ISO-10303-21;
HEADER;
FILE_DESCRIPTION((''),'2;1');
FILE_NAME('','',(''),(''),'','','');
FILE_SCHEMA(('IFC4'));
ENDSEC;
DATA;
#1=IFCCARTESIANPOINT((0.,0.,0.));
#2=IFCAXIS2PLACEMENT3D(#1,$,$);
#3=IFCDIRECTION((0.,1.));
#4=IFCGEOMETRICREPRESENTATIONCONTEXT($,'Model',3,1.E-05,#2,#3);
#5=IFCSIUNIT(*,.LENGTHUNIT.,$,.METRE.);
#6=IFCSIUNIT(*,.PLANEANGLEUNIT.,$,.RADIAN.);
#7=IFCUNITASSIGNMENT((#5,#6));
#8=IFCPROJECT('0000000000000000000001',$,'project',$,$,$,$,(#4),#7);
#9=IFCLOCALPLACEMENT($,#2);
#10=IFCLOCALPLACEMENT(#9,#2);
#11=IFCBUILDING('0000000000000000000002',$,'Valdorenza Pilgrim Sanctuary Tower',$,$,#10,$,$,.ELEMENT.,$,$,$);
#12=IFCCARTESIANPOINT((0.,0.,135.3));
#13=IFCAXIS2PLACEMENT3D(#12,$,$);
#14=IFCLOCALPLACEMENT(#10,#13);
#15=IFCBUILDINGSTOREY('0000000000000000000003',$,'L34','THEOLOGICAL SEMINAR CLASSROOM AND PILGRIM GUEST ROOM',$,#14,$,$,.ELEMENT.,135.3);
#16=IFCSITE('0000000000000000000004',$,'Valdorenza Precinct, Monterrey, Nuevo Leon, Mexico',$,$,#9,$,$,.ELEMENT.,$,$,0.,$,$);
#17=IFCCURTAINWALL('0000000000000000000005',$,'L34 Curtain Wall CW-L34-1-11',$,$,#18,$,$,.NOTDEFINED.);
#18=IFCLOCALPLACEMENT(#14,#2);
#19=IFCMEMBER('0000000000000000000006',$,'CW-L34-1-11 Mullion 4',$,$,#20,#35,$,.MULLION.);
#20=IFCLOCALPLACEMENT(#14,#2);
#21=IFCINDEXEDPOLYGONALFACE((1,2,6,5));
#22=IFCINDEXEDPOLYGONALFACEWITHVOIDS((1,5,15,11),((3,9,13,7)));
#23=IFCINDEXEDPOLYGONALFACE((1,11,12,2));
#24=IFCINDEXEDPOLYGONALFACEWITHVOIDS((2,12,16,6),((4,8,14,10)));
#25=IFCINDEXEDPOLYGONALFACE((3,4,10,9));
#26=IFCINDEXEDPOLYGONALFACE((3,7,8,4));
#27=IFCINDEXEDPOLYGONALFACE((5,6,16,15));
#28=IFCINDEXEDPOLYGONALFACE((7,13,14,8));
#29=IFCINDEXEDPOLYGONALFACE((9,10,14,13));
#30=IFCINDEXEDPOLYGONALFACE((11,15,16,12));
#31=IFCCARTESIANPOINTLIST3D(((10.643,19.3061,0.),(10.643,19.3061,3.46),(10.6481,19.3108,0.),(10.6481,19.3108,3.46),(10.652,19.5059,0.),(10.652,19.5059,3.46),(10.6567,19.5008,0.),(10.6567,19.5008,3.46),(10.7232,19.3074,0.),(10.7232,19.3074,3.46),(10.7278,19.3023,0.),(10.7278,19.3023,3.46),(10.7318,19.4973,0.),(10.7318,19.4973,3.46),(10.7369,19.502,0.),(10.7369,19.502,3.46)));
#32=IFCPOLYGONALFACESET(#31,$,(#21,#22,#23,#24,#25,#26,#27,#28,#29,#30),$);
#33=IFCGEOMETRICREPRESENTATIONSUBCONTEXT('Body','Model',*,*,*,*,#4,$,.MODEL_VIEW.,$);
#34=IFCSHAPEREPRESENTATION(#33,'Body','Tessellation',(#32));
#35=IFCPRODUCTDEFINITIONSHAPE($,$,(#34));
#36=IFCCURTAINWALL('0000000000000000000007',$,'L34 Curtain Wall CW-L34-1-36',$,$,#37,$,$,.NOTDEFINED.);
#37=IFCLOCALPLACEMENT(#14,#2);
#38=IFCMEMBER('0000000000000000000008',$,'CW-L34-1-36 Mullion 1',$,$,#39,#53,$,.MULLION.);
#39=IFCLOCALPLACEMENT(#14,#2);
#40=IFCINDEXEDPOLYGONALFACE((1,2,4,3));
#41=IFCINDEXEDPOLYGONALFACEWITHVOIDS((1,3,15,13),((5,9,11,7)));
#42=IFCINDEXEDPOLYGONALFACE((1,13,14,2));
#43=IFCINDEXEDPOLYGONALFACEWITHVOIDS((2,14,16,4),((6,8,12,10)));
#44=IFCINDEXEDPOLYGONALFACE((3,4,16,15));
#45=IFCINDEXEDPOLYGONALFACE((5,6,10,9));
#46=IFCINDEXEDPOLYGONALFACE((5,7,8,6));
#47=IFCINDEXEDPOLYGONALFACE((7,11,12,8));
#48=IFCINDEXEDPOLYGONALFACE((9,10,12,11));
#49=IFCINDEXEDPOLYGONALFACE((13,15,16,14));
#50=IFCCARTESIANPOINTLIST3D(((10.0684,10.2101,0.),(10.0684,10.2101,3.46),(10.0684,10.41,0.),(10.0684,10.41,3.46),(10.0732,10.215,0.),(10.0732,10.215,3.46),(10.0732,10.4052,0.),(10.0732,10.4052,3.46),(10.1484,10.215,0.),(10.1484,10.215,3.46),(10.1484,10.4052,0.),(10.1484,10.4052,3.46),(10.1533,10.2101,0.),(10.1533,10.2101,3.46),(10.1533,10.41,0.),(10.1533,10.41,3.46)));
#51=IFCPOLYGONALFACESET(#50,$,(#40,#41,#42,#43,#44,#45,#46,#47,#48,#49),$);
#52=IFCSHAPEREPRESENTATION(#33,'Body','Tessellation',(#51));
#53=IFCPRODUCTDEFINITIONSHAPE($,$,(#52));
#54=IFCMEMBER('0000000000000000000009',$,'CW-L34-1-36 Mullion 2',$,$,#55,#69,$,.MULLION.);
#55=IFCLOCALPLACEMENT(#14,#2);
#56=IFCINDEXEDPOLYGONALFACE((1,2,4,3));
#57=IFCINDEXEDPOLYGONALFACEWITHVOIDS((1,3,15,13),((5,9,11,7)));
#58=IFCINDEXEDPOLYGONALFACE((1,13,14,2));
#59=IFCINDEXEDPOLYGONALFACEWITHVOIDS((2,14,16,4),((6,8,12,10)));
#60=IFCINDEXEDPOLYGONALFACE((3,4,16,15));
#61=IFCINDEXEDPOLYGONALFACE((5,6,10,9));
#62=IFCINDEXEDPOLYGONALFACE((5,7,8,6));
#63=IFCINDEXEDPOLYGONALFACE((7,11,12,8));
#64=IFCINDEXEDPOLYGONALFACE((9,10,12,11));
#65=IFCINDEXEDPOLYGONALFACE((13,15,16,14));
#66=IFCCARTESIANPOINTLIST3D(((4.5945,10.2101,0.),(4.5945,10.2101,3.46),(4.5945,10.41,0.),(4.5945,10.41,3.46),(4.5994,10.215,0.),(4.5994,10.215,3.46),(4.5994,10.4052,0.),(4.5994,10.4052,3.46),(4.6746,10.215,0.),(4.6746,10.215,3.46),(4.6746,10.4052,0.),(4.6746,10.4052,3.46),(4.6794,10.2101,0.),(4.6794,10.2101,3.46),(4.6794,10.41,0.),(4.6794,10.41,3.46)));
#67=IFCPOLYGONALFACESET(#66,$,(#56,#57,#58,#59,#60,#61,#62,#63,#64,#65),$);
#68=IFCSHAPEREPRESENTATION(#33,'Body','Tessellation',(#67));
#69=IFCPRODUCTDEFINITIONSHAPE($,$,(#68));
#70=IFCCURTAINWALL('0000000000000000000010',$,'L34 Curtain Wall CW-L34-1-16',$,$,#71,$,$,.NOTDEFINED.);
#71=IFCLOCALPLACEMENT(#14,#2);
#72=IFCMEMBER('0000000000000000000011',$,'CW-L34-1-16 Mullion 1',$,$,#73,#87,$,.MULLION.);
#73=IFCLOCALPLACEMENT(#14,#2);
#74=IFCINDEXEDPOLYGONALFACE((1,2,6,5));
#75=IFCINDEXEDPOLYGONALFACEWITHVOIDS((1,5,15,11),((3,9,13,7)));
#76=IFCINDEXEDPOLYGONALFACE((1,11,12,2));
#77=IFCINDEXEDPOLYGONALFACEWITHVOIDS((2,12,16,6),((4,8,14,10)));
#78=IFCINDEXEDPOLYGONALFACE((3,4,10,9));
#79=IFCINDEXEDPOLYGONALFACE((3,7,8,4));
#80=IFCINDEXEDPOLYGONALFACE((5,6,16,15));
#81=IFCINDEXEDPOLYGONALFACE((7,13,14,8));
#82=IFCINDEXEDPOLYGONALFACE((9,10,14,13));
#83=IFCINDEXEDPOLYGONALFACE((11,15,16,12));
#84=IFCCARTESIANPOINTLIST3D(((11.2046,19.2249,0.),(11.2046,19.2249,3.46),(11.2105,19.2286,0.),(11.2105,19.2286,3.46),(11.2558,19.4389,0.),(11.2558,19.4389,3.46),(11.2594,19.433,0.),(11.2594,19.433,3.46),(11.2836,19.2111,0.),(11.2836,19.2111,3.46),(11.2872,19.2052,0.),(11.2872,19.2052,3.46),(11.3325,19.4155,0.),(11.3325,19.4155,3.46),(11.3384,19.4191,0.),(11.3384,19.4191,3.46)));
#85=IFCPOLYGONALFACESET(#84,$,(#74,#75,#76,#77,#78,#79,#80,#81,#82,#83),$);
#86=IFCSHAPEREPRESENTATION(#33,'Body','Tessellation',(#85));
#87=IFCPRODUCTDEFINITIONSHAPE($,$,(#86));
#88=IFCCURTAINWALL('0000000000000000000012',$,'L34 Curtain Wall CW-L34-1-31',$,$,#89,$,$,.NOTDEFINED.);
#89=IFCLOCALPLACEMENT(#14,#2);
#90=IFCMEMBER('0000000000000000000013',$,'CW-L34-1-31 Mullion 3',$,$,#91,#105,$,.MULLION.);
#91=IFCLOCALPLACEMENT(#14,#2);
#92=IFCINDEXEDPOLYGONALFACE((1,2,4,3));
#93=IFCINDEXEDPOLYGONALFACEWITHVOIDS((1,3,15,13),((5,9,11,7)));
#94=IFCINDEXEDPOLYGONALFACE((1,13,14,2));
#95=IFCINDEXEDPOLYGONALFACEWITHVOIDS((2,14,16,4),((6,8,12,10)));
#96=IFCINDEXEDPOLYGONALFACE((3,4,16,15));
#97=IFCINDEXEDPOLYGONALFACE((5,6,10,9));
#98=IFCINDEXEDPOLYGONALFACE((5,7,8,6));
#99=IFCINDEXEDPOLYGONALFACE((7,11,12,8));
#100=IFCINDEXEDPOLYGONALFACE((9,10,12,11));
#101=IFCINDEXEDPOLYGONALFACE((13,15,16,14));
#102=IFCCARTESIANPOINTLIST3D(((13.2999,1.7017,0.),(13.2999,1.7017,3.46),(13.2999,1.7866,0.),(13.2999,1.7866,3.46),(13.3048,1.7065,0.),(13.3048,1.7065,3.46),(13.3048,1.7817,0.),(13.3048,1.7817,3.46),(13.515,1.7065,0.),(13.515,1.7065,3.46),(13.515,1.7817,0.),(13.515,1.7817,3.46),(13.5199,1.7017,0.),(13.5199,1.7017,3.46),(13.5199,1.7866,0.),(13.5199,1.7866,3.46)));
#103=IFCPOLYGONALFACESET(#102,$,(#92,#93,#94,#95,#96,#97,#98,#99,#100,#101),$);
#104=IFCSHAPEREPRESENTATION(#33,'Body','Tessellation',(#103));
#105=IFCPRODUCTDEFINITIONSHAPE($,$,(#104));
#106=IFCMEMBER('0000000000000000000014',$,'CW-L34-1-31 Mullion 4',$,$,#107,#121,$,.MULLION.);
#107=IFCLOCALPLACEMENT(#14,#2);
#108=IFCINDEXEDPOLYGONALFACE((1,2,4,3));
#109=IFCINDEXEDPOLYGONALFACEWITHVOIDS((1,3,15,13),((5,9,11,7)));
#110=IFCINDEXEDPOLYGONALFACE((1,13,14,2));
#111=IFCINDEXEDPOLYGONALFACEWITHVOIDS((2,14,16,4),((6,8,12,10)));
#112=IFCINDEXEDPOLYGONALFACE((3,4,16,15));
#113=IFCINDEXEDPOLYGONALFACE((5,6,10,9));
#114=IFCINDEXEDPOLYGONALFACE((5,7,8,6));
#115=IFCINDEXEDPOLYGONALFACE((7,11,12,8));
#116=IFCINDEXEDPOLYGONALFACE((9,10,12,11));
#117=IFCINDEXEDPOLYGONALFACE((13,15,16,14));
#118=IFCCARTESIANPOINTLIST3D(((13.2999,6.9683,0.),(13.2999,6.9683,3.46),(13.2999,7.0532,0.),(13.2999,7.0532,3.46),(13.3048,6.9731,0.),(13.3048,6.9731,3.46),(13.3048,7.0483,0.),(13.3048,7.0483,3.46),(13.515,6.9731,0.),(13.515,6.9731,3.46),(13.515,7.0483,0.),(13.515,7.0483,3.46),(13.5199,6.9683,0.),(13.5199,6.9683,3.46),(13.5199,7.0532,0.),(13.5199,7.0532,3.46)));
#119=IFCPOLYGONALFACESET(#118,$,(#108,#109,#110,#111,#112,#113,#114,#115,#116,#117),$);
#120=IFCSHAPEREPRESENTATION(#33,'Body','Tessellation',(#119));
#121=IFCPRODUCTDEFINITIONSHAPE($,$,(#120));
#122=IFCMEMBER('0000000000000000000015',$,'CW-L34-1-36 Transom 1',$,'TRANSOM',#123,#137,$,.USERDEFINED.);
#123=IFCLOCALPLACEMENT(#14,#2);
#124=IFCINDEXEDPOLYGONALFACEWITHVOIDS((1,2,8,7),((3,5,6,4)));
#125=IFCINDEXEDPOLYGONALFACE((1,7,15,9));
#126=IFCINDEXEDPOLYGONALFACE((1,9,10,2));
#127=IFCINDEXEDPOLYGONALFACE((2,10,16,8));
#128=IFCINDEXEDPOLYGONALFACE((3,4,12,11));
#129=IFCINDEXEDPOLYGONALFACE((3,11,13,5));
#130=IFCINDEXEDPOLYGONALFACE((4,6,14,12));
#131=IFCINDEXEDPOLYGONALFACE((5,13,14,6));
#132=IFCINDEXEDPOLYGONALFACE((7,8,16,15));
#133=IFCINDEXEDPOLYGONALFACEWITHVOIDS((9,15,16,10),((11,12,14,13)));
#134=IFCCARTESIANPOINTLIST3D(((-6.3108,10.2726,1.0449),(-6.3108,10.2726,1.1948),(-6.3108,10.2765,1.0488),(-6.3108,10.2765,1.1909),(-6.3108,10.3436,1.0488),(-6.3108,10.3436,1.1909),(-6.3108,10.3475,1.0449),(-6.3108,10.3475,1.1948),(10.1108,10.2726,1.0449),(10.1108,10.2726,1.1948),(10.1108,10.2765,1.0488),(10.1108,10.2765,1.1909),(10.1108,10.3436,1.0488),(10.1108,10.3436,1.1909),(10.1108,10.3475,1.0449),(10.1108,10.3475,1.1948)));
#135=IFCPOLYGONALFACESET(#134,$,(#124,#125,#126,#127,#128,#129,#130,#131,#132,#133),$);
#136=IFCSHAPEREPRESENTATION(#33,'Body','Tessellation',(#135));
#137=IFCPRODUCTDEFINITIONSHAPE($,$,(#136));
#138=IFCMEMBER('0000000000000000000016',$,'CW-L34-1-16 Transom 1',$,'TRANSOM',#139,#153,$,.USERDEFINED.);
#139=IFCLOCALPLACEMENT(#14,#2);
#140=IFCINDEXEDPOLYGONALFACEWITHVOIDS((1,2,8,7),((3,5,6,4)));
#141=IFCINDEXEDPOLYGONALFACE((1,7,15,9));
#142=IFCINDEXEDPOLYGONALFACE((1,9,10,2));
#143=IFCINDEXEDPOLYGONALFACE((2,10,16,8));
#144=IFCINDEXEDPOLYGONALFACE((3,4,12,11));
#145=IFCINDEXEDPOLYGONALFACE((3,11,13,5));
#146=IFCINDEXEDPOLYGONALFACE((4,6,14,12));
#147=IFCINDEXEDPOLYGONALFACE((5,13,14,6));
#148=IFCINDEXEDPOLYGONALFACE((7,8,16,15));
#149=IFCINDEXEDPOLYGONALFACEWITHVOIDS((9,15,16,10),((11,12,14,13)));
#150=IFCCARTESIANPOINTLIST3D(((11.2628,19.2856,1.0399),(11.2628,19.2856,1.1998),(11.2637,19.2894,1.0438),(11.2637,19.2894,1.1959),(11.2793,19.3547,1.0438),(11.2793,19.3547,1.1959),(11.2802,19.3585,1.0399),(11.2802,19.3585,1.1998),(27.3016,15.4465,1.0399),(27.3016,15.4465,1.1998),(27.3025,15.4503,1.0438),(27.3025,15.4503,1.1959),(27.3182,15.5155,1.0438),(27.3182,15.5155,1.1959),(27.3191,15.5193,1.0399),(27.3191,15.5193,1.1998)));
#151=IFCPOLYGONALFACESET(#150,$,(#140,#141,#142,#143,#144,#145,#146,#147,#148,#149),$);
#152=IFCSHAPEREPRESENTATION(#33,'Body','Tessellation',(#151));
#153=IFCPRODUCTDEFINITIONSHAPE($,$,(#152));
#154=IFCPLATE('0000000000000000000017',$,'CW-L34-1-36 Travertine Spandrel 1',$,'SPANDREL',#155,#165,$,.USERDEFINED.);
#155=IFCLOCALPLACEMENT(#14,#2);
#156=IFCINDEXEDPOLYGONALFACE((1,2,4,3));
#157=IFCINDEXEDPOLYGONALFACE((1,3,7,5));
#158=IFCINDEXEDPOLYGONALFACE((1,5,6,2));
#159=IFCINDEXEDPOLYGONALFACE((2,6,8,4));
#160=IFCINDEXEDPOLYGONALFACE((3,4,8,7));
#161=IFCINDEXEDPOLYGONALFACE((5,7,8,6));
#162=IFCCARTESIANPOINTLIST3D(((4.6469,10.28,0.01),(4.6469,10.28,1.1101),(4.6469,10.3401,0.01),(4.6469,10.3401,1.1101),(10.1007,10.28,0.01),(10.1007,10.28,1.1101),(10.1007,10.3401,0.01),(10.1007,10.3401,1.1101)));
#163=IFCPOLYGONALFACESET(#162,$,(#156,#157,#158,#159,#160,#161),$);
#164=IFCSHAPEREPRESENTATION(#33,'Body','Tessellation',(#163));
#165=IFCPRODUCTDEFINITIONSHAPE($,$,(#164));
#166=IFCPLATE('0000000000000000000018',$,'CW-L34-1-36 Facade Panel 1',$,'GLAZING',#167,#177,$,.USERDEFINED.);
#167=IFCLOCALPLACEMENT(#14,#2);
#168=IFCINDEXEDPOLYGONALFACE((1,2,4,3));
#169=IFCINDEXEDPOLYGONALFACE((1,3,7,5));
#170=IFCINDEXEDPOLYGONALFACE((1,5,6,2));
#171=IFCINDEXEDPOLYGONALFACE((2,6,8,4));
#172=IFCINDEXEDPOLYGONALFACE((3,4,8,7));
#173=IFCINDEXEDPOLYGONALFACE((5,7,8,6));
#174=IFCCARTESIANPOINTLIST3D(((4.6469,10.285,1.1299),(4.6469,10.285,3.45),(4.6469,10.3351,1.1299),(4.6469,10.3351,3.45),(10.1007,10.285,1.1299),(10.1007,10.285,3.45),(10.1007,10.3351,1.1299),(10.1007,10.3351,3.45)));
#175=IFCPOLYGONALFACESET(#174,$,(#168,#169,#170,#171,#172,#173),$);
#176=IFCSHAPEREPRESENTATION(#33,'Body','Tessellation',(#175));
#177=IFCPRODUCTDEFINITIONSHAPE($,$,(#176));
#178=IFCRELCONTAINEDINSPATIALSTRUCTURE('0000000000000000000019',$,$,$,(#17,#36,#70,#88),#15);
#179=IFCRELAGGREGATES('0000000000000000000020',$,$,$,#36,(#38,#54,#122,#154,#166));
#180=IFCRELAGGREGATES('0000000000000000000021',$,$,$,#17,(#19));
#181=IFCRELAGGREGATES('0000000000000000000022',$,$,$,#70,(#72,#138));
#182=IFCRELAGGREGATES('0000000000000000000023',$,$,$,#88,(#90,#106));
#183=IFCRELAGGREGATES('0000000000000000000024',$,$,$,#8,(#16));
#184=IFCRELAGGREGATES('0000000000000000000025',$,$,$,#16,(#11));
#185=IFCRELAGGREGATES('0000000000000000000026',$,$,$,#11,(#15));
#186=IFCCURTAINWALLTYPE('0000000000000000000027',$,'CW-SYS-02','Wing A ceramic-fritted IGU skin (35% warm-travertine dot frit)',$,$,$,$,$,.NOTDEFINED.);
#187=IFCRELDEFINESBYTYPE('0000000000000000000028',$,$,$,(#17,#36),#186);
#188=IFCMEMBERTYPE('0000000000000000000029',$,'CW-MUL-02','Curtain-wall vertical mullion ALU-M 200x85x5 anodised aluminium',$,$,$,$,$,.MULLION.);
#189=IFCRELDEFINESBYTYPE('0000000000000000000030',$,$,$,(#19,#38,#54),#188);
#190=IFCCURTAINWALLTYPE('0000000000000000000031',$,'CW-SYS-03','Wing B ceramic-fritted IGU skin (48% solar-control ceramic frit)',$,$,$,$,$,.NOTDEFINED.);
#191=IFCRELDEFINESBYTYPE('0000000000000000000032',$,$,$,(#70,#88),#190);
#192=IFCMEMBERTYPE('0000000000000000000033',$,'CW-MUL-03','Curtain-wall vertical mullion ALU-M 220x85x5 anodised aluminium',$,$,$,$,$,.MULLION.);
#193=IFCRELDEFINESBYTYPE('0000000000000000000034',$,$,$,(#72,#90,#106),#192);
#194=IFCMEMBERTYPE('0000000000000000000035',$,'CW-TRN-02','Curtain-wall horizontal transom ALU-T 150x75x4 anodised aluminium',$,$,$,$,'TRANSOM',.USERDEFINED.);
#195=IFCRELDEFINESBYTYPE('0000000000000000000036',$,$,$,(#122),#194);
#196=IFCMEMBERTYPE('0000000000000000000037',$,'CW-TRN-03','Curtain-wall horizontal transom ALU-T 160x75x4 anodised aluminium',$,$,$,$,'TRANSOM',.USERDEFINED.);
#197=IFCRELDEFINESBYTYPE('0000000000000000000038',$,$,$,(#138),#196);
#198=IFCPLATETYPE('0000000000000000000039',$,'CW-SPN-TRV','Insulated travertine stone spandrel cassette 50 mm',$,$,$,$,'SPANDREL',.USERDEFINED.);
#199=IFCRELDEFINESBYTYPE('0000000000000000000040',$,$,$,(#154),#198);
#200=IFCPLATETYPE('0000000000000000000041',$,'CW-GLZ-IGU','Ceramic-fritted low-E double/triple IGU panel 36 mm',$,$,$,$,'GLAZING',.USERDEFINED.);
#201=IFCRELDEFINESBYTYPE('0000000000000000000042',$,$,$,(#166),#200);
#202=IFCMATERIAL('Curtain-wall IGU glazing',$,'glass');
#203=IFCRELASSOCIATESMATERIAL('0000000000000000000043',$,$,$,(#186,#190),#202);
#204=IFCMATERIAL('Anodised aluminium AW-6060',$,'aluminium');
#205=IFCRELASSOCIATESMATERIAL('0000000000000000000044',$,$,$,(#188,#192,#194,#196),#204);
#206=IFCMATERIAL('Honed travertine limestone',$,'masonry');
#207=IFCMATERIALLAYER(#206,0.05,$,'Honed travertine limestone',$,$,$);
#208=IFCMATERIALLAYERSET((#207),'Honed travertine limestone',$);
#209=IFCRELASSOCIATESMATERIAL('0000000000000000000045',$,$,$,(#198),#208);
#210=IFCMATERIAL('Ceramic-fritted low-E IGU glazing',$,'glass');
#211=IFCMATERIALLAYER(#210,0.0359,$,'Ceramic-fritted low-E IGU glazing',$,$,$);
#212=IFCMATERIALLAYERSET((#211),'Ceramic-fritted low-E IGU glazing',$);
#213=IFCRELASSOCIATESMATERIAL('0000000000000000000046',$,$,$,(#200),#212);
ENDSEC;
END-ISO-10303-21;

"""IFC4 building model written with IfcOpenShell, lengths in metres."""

from ifc_helpers import new_model, si_unit, direction, frame, origin, origin_2d, place, context, subcontext, project, spatial, rectangle, hollow_rectangle, extrude, source, transform, mapped, material, layer, layer_set, material_profile, profile_set, type_object, element, aggregate, save


model = new_model("IFC4")

# Units and contexts
model_context = context("Model", 3, precision=1e-05, world=origin(), true_north=direction((0.0, 1.0)))
body_context = subcontext(model_context, "Body", "Model", "MODEL_VIEW")
ifc_project = project(units=[si_unit("LENGTHUNIT", "METRE"), si_unit("PLANEANGLEUNIT", "RADIAN")], contexts=[model_context])

# Site, building, storey
site_placement = place(None, origin())
site = spatial("IfcSite", under=ifc_project, at=site_placement, Name="Valdorenza Precinct, Monterrey, Nuevo Leon, Mexico", CompositionType="ELEMENT", RefElevation=0.0)
building_placement = place(site_placement, origin())
building = spatial("IfcBuilding", under=site, at=building_placement, Name="Valdorenza Pilgrim Sanctuary Tower", CompositionType="ELEMENT")
storey_placement = place(building_placement, frame((0.0, 0.0, 135.3)))
storey = spatial("IfcBuildingStorey", under=building, at=storey_placement, Name="L34", Description="THEOLOGICAL SEMINAR CLASSROOM AND PILGRIM GUEST ROOM", CompositionType="ELEMENT", Elevation=135.3)

# Curtain wall, member
ifc_material_1 = material(Name="Curtain-wall IGU glazing", Category="glass")
curtain_wall_type_1 = type_object("IfcCurtainWallType", Name="CW-SYS-02", Description="Wing A ceramic-fritted IGU skin (35% warm-travertine dot frit)", PredefinedType="NOTDEFINED", material=ifc_material_1)
curtain_wall_1_placement = place(storey_placement, origin())
curtain_wall_1 = element("IfcCurtainWall", 1, at=curtain_wall_1_placement, inside=storey, type_object=curtain_wall_type_1, Name="L34 Curtain Wall CW-L34-1-11", PredefinedType="NOTDEFINED")
ifc_material_2 = material(Name="Anodised aluminium AW-6060", Category="aluminium")
ifc_material_profile_1 = material_profile(ifc_material_2, hollow_rectangle(XDim=0.085, YDim=0.2, WallThickness=0.0049, at=origin_2d()), Name="ALU-M 200x85x5")
ifc_profile_set_1 = profile_set([ifc_material_profile_1], Name="Anodised aluminium AW-6060")
member_type_1 = type_object("IfcMemberType", Name="CW-MUL-02", Description="Curtain-wall vertical mullion ALU-M 200x85x5 anodised aluminium", PredefinedType="MULLION", material=ifc_profile_set_1)
shared_shape_1 = source(origin(), body_context, "Body", "SweptSolid", [
    extrude(hollow_rectangle(XDim=0.085, YDim=0.2, WallThickness=0.0049, at=origin_2d()), origin(), (0.0, 0.0, 1.0), 3.46),
])
member_1_placement = place(storey_placement, frame((10.6899, 19.4041, 0.0), z_axis=(0.0, 0.0, 1.0), x_axis=(0.998968, -0.045415, 0.0)))
member_1 = element("IfcMember", 2, at=member_1_placement, type_object=member_type_1, Name="CW-L34-1-11 Mullion 4", PredefinedType="MULLION", context=body_context, shape_type="MappedRepresentation", body=[
    mapped(shared_shape_1, transform((0.0, 0.0, 0.0), x_axis=(1.0, 0.0, 0.0), y_axis=(0.0, 1.0, 0.0), z_axis=(0.0, 0.0, 1.0), scale=1.0)),
])

# Curtain wall, members
curtain_wall_2_placement = place(storey_placement, origin())
curtain_wall_2 = element("IfcCurtainWall", 3, at=curtain_wall_2_placement, inside=storey, type_object=curtain_wall_type_1, Name="L34 Curtain Wall CW-L34-1-36", PredefinedType="NOTDEFINED")
member_2_placement = place(storey_placement, frame((10.1108, 10.3101, 0.0), z_axis=(0.0, 0.0, 1.0), x_axis=(-1.0, 0.0, 0.0)))
member_2 = element("IfcMember", 4, at=member_2_placement, type_object=member_type_1, Name="CW-L34-1-36 Mullion 1", PredefinedType="MULLION", context=body_context, shape_type="MappedRepresentation", body=[
    mapped(shared_shape_1, transform((0.0, 0.0, 0.0), x_axis=(1.0, 0.0, 0.0), y_axis=(0.0, 1.0, 0.0), z_axis=(0.0, 0.0, 1.0), scale=1.0)),
])
member_3_placement = place(storey_placement, frame((4.637, 10.3101, 0.0), z_axis=(0.0, 0.0, 1.0), x_axis=(-1.0, 0.0, 0.0)))
member_3 = element("IfcMember", 5, at=member_3_placement, type_object=member_type_1, Name="CW-L34-1-36 Mullion 2", PredefinedType="MULLION", context=body_context, shape_type="MappedRepresentation", body=[
    mapped(shared_shape_1, transform((0.0, 0.0, 0.0), x_axis=(1.0, 0.0, 0.0), y_axis=(0.0, 1.0, 0.0), z_axis=(0.0, 0.0, 1.0), scale=1.0)),
])

# Curtain wall, member
curtain_wall_type_2 = type_object("IfcCurtainWallType", Name="CW-SYS-03", Description="Wing B ceramic-fritted IGU skin (48% solar-control ceramic frit)", PredefinedType="NOTDEFINED", material=ifc_material_1)
curtain_wall_3_placement = place(storey_placement, origin())
curtain_wall_3 = element("IfcCurtainWall", 6, at=curtain_wall_3_placement, inside=storey, type_object=curtain_wall_type_2, Name="L34 Curtain Wall CW-L34-1-16", PredefinedType="NOTDEFINED")
ifc_material_profile_2 = material_profile(ifc_material_2, hollow_rectangle(XDim=0.085, YDim=0.22, WallThickness=0.0049, at=origin_2d()), Name="ALU-M 220x85x5")
ifc_profile_set_2 = profile_set([ifc_material_profile_2], Name="Anodised aluminium AW-6060")
member_type_2 = type_object("IfcMemberType", Name="CW-MUL-03", Description="Curtain-wall vertical mullion ALU-M 220x85x5 anodised aluminium", PredefinedType="MULLION", material=ifc_profile_set_2)
shared_shape_2 = source(origin(), body_context, "Body", "SweptSolid", [
    extrude(hollow_rectangle(XDim=0.085, YDim=0.22, WallThickness=0.0049, at=origin_2d()), origin(), (0.0, 0.0, 1.0), 3.46),
])
member_4_placement = place(storey_placement, frame((11.2715, 19.322, 0.0), z_axis=(0.0, 0.0, 1.0), x_axis=(0.972529, -0.232783, 0.0)))
member_4 = element("IfcMember", 7, at=member_4_placement, type_object=member_type_2, Name="CW-L34-1-16 Mullion 1", PredefinedType="MULLION", context=body_context, shape_type="MappedRepresentation", body=[
    mapped(shared_shape_2, transform((0.0, 0.0, 0.0), x_axis=(1.0, 0.0, 0.0), y_axis=(0.0, 1.0, 0.0), z_axis=(0.0, 0.0, 1.0), scale=1.0)),
])

# Curtain wall, members
curtain_wall_4_placement = place(storey_placement, origin())
curtain_wall_4 = element("IfcCurtainWall", 8, at=curtain_wall_4_placement, inside=storey, type_object=curtain_wall_type_2, Name="L34 Curtain Wall CW-L34-1-31", PredefinedType="NOTDEFINED")
member_5_placement = place(storey_placement, frame((13.4099, 1.7441, 0.0), z_axis=(0.0, 0.0, 1.0), x_axis=(0.0, 1.0, 0.0)))
member_5 = element("IfcMember", 9, at=member_5_placement, type_object=member_type_2, Name="CW-L34-1-31 Mullion 3", PredefinedType="MULLION", context=body_context, shape_type="MappedRepresentation", body=[
    mapped(shared_shape_2, transform((0.0, 0.0, 0.0), x_axis=(1.0, 0.0, 0.0), y_axis=(0.0, 1.0, 0.0), z_axis=(0.0, 0.0, 1.0), scale=1.0)),
])
member_6_placement = place(storey_placement, frame((13.4099, 7.0107, 0.0), z_axis=(0.0, 0.0, 1.0), x_axis=(0.0, 1.0, 0.0)))
member_6 = element("IfcMember", 10, at=member_6_placement, type_object=member_type_2, Name="CW-L34-1-31 Mullion 4", PredefinedType="MULLION", context=body_context, shape_type="MappedRepresentation", body=[
    mapped(shared_shape_2, transform((0.0, 0.0, 0.0), x_axis=(1.0, 0.0, 0.0), y_axis=(0.0, 1.0, 0.0), z_axis=(0.0, 0.0, 1.0), scale=1.0)),
])

# Members
ifc_material_profile_3 = material_profile(ifc_material_2, hollow_rectangle(XDim=0.075, YDim=0.1499, WallThickness=0.0039, at=origin_2d()), Name="ALU-T 150x75x4")
ifc_profile_set_3 = profile_set([ifc_material_profile_3], Name="Anodised aluminium AW-6060")
member_type_3 = type_object("IfcMemberType", Name="CW-TRN-02", Description="Curtain-wall horizontal transom ALU-T 150x75x4 anodised aluminium", ElementType="TRANSOM", PredefinedType="USERDEFINED", material=ifc_profile_set_3)
shared_shape_3 = source(origin(), body_context, "Body", "SweptSolid", [
    extrude(hollow_rectangle(XDim=0.075, YDim=0.1499, WallThickness=0.0039, at=origin_2d()), origin(), (0.0, 0.0, 1.0), 16.4216),
])
member_7_placement = place(storey_placement, frame((10.1108, 10.3101, 1.1199), z_axis=(-1.0, 0.0, 0.0), x_axis=(0.0, -1.0, 0.0)))
member_7 = element("IfcMember", 11, at=member_7_placement, type_object=member_type_3, Name="CW-L34-1-36 Transom 1", ObjectType="TRANSOM", PredefinedType="USERDEFINED", context=body_context, shape_type="MappedRepresentation", body=[
    mapped(shared_shape_3, transform((0.0, 0.0, 0.0), x_axis=(1.0, 0.0, 0.0), y_axis=(0.0, 1.0, 0.0), z_axis=(0.0, 0.0, 1.0), scale=1.0)),
])
ifc_material_profile_4 = material_profile(ifc_material_2, hollow_rectangle(XDim=0.075, YDim=0.1599, WallThickness=0.0039, at=origin_2d()), Name="ALU-T 160x75x4")
ifc_profile_set_4 = profile_set([ifc_material_profile_4], Name="Anodised aluminium AW-6060")
member_type_4 = type_object("IfcMemberType", Name="CW-TRN-03", Description="Curtain-wall horizontal transom ALU-T 160x75x4 anodised aluminium", ElementType="TRANSOM", PredefinedType="USERDEFINED", material=ifc_profile_set_4)
shared_shape_4 = source(origin(), body_context, "Body", "SweptSolid", [
    extrude(hollow_rectangle(XDim=0.075, YDim=0.1599, WallThickness=0.0039, at=origin_2d()), origin(), (0.0, 0.0, 1.0), 16.4919),
])
member_8_placement = place(storey_placement, frame((11.2715, 19.322, 1.1199), z_axis=(0.972528, -0.232788, 0.0), x_axis=(0.232788, 0.972528, 0.0)))
member_8 = element("IfcMember", 12, at=member_8_placement, type_object=member_type_4, Name="CW-L34-1-16 Transom 1", ObjectType="TRANSOM", PredefinedType="USERDEFINED", context=body_context, shape_type="MappedRepresentation", body=[
    mapped(shared_shape_4, transform((0.0, 0.0, 0.0), x_axis=(1.0, 0.0, 0.0), y_axis=(0.0, 1.0, 0.0), z_axis=(0.0, 0.0, 1.0), scale=1.0)),
])

# Plates
ifc_material_3 = material(Name="Honed travertine limestone", Category="masonry")
ifc_layer_1 = layer(ifc_material_3, 0.05, Name="Honed travertine limestone")
ifc_layer_set_1 = layer_set([ifc_layer_1], Name="Honed travertine limestone")
plate_type_1 = type_object("IfcPlateType", Name="CW-SPN-TRV", Description="Insulated travertine stone spandrel cassette 50 mm", ElementType="SPANDREL", PredefinedType="USERDEFINED", material=ifc_layer_set_1)
shared_shape_5 = source(origin(), body_context, "Body", "SweptSolid", [
    extrude(rectangle(XDim=5.4539, YDim=0.0601, at=origin_2d()), origin(), (0.0, 0.0, 1.0), 1.1001),
])
plate_1_placement = place(storey_placement, frame((7.3738, 10.3101, 0.01), z_axis=(0.0, 0.0, 1.0), x_axis=(-1.0, 0.0, 0.0)))
plate_1 = element("IfcPlate", 13, at=plate_1_placement, type_object=plate_type_1, Name="CW-L34-1-36 Travertine Spandrel 1", ObjectType="SPANDREL", PredefinedType="USERDEFINED", context=body_context, shape_type="MappedRepresentation", body=[
    mapped(shared_shape_5, transform((0.0, 0.0, 0.0), x_axis=(1.0, 0.0, 0.0), y_axis=(0.0, 1.0, 0.0), z_axis=(0.0, 0.0, 1.0), scale=1.0)),
])
ifc_material_4 = material(Name="Ceramic-fritted low-E IGU glazing", Category="glass")
ifc_layer_2 = layer(ifc_material_4, 0.0359, Name="Ceramic-fritted low-E IGU glazing")
ifc_layer_set_2 = layer_set([ifc_layer_2], Name="Ceramic-fritted low-E IGU glazing")
plate_type_2 = type_object("IfcPlateType", Name="CW-GLZ-IGU", Description="Ceramic-fritted low-E double/triple IGU panel 36 mm", ElementType="GLAZING", PredefinedType="USERDEFINED", material=ifc_layer_set_2)
shared_shape_6 = source(origin(), body_context, "Body", "SweptSolid", [
    extrude(rectangle(XDim=5.4539, YDim=0.05, at=origin_2d()), origin(), (0.0, 0.0, 1.0), 2.3201),
])
plate_2_placement = place(storey_placement, frame((7.3738, 10.3101, 1.1299), z_axis=(0.0, 0.0, 1.0), x_axis=(-1.0, 0.0, 0.0)))
plate_2 = element("IfcPlate", 14, at=plate_2_placement, type_object=plate_type_2, Name="CW-L34-1-36 Facade Panel 1", ObjectType="GLAZING", PredefinedType="USERDEFINED", context=body_context, shape_type="MappedRepresentation", body=[
    mapped(shared_shape_6, transform((0.0, 0.0, 0.0), x_axis=(1.0, 0.0, 0.0), y_axis=(0.0, 1.0, 0.0), z_axis=(0.0, 0.0, 1.0), scale=1.0)),
])
aggregate(curtain_wall_2, [member_2, member_3, member_7, plate_1, plate_2])
aggregate(curtain_wall_1, [member_1])
aggregate(curtain_wall_3, [member_4, member_8])
aggregate(curtain_wall_4, [member_5, member_6])

save(model, "model.ifc")
